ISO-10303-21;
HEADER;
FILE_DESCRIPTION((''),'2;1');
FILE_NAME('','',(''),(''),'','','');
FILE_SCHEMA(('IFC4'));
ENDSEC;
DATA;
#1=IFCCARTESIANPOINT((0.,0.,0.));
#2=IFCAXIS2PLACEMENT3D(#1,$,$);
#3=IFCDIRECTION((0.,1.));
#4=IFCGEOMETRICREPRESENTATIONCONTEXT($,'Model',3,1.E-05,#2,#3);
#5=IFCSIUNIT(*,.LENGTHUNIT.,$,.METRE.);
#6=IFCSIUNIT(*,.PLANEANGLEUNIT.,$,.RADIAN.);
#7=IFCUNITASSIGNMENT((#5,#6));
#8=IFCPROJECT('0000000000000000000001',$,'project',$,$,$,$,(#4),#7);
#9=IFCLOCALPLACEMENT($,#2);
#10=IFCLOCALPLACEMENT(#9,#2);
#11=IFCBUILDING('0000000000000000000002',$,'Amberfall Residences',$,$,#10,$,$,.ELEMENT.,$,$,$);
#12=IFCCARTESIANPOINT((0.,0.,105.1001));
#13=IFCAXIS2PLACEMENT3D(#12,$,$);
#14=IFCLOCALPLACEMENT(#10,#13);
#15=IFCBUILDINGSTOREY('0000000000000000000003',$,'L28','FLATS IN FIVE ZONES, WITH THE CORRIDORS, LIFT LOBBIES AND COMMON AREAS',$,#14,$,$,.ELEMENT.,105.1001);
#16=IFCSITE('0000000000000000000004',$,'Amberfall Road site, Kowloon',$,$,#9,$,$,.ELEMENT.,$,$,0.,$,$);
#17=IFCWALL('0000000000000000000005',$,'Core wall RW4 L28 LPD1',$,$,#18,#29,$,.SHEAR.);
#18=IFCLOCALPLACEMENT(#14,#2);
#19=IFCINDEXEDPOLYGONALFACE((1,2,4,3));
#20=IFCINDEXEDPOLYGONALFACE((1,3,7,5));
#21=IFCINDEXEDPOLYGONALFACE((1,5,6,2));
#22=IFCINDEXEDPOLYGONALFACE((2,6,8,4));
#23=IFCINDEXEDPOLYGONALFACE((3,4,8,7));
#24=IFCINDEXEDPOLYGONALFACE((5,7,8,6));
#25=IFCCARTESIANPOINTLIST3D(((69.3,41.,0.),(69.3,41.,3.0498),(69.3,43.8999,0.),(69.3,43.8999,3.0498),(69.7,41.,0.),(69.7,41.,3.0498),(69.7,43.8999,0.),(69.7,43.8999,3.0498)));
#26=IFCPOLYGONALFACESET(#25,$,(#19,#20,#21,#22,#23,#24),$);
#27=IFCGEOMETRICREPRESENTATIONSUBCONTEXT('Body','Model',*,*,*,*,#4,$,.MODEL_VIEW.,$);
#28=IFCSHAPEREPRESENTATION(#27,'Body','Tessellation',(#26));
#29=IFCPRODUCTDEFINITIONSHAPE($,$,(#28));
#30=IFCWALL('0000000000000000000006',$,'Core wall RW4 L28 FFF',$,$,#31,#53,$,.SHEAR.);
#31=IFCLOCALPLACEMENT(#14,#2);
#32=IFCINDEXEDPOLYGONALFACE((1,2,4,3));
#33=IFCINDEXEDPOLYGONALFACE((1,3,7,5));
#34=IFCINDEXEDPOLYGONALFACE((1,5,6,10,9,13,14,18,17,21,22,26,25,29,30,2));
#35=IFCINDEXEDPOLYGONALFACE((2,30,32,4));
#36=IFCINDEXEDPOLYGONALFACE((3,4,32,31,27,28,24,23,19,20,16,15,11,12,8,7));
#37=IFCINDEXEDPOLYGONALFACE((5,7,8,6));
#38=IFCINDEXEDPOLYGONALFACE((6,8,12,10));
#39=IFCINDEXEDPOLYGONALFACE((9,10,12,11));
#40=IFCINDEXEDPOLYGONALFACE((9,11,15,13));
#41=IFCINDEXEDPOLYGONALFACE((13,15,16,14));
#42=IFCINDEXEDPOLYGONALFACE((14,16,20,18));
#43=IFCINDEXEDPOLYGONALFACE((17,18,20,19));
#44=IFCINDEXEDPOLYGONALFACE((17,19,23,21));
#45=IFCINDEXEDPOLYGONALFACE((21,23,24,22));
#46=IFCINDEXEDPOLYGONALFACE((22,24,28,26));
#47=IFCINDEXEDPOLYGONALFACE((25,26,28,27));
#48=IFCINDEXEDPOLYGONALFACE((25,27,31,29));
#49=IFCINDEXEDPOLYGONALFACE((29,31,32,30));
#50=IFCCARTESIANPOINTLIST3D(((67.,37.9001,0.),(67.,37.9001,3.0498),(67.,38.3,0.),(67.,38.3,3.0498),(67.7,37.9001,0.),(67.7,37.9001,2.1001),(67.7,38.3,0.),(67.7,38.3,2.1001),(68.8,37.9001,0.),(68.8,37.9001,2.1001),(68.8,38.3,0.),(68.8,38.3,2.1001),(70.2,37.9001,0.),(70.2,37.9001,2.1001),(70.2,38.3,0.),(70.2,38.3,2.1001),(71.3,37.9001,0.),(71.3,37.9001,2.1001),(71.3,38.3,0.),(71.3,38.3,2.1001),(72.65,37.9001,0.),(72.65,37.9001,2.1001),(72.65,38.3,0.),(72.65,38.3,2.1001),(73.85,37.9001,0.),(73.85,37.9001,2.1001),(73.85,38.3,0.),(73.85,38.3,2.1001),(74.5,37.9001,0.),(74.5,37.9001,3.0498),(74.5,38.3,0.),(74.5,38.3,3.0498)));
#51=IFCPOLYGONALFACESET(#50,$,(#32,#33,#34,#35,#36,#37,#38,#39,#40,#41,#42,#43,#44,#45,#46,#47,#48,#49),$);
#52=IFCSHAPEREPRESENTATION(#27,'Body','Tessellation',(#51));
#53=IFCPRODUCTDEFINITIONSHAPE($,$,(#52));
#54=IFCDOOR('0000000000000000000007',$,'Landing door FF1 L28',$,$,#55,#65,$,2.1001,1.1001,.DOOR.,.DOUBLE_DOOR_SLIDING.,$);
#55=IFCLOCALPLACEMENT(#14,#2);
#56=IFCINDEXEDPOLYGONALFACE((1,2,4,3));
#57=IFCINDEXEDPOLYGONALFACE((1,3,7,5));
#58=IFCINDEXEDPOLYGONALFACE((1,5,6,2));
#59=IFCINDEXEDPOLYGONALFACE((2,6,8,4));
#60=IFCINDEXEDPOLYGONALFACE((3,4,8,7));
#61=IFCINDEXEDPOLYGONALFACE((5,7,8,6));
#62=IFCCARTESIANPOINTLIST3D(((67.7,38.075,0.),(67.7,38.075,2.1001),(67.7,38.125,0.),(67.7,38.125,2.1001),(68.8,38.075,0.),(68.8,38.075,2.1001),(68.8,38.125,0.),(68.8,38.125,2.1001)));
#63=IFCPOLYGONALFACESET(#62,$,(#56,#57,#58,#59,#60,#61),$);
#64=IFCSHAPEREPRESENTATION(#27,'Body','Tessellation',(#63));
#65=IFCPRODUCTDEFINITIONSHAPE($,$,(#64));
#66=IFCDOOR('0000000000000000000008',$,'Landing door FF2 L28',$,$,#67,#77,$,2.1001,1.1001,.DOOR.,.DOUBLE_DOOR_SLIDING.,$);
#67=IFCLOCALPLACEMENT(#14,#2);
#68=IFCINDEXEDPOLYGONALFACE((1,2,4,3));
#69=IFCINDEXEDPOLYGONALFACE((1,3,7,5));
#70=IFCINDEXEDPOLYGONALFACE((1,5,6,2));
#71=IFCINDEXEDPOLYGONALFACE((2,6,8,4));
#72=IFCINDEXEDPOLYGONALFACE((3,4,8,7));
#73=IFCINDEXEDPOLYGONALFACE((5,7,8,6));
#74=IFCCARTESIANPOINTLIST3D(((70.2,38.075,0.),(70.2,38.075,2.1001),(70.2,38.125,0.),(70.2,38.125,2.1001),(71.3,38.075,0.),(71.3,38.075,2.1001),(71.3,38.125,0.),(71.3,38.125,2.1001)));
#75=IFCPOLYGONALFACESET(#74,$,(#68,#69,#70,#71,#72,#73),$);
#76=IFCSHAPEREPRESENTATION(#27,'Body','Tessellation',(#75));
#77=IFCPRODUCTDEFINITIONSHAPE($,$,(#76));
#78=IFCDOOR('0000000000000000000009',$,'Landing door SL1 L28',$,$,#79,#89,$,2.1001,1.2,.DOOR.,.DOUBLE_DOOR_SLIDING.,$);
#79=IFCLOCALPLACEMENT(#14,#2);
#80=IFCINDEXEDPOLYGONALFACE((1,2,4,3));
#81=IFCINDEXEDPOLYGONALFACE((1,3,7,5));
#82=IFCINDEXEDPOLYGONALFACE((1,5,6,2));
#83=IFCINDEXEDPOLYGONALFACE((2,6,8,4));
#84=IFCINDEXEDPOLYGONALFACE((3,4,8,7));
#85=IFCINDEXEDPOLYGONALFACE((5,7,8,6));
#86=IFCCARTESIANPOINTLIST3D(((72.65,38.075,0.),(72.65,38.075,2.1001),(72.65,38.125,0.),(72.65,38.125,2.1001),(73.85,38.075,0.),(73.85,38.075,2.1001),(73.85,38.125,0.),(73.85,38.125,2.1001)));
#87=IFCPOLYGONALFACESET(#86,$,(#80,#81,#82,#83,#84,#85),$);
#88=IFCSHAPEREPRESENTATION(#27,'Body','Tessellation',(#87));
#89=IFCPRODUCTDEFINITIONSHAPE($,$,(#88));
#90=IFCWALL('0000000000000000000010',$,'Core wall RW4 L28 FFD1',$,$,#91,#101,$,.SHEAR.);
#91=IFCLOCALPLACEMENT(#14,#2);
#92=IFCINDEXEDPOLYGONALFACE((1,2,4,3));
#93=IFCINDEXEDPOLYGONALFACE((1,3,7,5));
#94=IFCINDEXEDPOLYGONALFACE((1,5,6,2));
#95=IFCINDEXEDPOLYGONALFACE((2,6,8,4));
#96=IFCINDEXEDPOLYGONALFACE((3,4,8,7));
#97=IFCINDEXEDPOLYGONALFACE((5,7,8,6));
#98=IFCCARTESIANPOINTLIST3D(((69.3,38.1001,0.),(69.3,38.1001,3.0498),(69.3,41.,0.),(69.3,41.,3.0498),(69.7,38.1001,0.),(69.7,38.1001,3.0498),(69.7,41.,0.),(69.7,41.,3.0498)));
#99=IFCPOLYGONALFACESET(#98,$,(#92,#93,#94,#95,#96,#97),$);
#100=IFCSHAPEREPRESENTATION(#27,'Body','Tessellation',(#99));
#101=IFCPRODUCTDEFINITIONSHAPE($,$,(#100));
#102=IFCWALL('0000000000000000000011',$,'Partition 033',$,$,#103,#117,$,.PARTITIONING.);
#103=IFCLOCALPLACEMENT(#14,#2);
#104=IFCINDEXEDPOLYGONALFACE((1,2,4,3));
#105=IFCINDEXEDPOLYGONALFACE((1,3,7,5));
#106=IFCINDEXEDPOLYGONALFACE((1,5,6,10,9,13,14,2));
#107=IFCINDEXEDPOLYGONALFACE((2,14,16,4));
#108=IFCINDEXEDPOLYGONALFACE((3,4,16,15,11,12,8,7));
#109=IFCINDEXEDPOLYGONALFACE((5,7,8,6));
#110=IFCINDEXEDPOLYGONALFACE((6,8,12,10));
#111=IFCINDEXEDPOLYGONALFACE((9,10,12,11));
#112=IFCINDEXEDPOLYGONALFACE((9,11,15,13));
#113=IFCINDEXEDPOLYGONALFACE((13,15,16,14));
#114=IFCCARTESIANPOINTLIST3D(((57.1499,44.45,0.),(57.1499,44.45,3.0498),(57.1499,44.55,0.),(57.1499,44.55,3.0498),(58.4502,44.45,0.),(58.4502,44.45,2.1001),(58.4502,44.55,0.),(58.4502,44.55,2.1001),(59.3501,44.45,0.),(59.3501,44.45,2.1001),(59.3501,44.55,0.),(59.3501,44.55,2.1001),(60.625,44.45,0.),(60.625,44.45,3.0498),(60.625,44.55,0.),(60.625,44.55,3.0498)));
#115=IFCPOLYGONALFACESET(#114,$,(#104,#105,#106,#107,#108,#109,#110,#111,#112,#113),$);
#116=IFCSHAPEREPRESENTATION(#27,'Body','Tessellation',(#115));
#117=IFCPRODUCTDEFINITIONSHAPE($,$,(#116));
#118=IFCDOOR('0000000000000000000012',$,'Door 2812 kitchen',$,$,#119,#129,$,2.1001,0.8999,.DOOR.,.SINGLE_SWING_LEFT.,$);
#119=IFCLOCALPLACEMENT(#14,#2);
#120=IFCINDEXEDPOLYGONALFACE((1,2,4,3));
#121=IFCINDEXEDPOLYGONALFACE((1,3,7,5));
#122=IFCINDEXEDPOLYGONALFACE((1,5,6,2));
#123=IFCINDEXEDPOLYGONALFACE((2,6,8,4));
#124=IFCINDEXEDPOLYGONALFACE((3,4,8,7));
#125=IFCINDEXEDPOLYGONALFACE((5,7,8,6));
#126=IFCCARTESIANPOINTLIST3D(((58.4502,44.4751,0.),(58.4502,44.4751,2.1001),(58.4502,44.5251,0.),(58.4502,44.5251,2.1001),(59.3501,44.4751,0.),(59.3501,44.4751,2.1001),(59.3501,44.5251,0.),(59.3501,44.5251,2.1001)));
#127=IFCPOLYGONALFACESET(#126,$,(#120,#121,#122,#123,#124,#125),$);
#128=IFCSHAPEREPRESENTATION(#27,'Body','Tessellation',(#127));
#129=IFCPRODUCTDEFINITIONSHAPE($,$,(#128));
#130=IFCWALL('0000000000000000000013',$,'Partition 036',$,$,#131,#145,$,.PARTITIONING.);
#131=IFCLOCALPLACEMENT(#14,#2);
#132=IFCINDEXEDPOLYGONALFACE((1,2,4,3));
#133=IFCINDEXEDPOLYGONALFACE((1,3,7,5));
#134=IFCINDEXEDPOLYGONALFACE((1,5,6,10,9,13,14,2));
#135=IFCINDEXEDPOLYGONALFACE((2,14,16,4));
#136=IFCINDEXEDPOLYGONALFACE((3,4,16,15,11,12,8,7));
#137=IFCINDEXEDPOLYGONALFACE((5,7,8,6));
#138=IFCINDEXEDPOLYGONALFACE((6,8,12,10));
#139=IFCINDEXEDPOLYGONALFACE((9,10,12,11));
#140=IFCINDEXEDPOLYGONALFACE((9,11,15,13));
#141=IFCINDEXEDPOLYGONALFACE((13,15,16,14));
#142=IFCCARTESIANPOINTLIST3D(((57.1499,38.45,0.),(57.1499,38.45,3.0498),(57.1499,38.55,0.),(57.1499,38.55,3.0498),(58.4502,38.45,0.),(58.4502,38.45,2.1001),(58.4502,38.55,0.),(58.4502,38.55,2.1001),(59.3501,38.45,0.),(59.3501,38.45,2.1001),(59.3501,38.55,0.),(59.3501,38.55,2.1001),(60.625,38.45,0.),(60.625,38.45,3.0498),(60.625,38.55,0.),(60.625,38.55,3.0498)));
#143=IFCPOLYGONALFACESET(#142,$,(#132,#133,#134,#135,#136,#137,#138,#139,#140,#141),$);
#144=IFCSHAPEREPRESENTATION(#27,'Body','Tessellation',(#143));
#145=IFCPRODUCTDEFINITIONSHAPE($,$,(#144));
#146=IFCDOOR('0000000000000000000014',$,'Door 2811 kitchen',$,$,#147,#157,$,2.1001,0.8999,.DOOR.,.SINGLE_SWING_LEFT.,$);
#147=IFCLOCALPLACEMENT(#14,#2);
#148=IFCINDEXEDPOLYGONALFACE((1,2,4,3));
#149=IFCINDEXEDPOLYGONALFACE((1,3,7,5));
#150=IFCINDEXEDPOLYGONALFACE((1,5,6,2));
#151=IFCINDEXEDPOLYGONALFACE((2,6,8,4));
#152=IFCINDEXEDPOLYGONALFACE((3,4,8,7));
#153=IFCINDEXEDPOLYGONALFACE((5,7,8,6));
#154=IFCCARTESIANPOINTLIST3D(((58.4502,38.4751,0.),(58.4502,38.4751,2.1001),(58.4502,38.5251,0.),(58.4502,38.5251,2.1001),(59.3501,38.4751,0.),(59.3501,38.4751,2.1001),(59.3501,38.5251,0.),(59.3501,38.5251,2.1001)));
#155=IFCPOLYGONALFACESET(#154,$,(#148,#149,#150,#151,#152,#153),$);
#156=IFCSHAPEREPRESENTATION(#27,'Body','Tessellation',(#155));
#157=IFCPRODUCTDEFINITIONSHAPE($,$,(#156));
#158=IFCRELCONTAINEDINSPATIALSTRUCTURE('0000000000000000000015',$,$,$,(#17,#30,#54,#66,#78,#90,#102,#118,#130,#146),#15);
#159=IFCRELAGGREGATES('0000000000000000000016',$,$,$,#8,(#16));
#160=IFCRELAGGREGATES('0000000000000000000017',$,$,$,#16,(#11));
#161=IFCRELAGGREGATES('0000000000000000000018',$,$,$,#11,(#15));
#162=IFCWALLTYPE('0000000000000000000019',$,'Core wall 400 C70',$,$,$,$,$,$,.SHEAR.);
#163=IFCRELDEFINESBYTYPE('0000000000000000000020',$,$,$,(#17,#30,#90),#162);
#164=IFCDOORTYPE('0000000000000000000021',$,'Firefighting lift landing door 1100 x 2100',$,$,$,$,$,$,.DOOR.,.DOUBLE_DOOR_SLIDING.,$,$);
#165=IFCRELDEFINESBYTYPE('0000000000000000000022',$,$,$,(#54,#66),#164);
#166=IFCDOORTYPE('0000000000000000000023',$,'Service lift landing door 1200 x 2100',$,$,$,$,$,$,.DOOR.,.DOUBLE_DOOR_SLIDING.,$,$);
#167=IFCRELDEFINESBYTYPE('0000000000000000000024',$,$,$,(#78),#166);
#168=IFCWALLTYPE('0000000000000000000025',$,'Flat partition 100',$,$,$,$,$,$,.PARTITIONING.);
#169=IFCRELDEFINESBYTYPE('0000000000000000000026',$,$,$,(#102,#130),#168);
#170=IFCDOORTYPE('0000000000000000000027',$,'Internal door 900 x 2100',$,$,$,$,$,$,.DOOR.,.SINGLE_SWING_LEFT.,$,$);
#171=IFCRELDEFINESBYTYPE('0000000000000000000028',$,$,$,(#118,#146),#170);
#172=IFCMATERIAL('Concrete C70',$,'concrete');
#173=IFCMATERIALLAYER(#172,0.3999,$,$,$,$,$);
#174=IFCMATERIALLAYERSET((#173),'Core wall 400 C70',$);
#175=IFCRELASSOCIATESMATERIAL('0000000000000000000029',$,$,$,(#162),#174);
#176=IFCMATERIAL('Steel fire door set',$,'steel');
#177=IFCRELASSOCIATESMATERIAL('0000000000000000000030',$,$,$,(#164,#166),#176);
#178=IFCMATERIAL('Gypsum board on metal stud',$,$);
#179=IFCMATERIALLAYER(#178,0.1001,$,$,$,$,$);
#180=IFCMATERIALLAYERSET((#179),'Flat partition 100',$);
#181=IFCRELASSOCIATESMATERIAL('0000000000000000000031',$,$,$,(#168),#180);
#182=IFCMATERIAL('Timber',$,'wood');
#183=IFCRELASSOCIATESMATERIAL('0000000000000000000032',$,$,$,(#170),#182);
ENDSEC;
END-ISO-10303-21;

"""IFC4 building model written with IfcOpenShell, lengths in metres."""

from ifc_helpers import new_model, si_unit, direction, frame, frame_2d, origin, place, context, subcontext, project, spatial, rectangle, extrude, material, layer, layer_set, type_object, element, fill, save


model = new_model("IFC4")

# Units and contexts
model_context = context("Model", 3, precision=1e-05, world=origin(), true_north=direction((0.0, 1.0)))
body_context = subcontext(model_context, "Body", "Model", "MODEL_VIEW")
ifc_project = project(units=[si_unit("LENGTHUNIT", "METRE"), si_unit("PLANEANGLEUNIT", "RADIAN")], contexts=[model_context])

# Site, building, storey
site_placement = place(None, origin())
site = spatial("IfcSite", under=ifc_project, at=site_placement, Name="Amberfall Road site, Kowloon", CompositionType="ELEMENT", RefElevation=0.0)
building_placement = place(site_placement, origin())
building = spatial("IfcBuilding", under=site, at=building_placement, Name="Amberfall Residences", CompositionType="ELEMENT")
storey_placement = place(building_placement, frame((0.0, 0.0, 105.1001)))
storey = spatial("IfcBuildingStorey", under=building, at=storey_placement, Name="L28", Description="FLATS IN FIVE ZONES, WITH THE CORRIDORS, LIFT LOBBIES AND COMMON AREAS", CompositionType="ELEMENT", Elevation=105.1001)

# Shared definitions
ifc_material_1 = material(Name="Concrete C70", Category="concrete")
ifc_layer_1 = layer(ifc_material_1, 0.3999)
ifc_layer_set_1 = layer_set([ifc_layer_1], Name="Core wall 400 C70")
wall_type_1 = type_object("IfcWallType", Name="Core wall 400 C70", PredefinedType="SHEAR", material=ifc_layer_set_1)

# Shared definitions
ifc_material_2 = material(Name="Steel fire door set", Category="steel")

# Wall
wall_1_placement = place(storey_placement, frame((69.5, 41.0, 0.0), z_axis=(0.0, 0.0, 1.0), x_axis=(0.0, 1.0, 0.0)))
element("IfcWall", 1, at=wall_1_placement, inside=storey, type_object=wall_type_1, Name="Core wall RW4 L28 LPD1", PredefinedType="SHEAR", context=body_context, shape_type="SweptSolid", body=[
    extrude(rectangle(XDim=2.8999, YDim=0.3999, at=frame_2d((1.45, 0.0))), origin(), (0.0, 0.0, 1.0), 3.0498),
])

# Wall, openings, doors
wall_2_placement = place(storey_placement, frame((67.0, 38.1001, 0.0), z_axis=(0.0, 0.0, 1.0), x_axis=(1.0, 0.0, 0.0)))
wall_2 = element("IfcWall", 2, at=wall_2_placement, inside=storey, type_object=wall_type_1, Name="Core wall RW4 L28 FFF", PredefinedType="SHEAR", context=body_context, shape_type="SweptSolid", body=[
    extrude(rectangle(XDim=7.5, YDim=0.3999, at=frame_2d((3.75, 0.0))), origin(), (0.0, 0.0, 1.0), 3.0498),
])
opening_1_placement = place(wall_2_placement, frame((0.7, 0.0, 0.0)))
opening_1 = element("IfcOpeningElement", 3, at=opening_1_placement, cuts=wall_2, PredefinedType="OPENING", context=body_context, shape_type="SweptSolid", body=[
    extrude(rectangle(XDim=1.1001, YDim=2.1001, at=frame_2d((0.55, 1.05))), frame((0.0, 0.21, 0.0), z_axis=(0.0, -1.0, 0.0), x_axis=(1.0, 0.0, 0.0)), (0.0, 0.0, 1.0), 0.4199),
])
opening_2_placement = place(wall_2_placement, frame((3.2, 0.0, 0.0)))
opening_2 = element("IfcOpeningElement", 4, at=opening_2_placement, cuts=wall_2, PredefinedType="OPENING", context=body_context, shape_type="SweptSolid", body=[
    extrude(rectangle(XDim=1.1001, YDim=2.1001, at=frame_2d((0.55, 1.05))), frame((0.0, 0.21, 0.0), z_axis=(0.0, -1.0, 0.0), x_axis=(1.0, 0.0, 0.0)), (0.0, 0.0, 1.0), 0.4199),
])
opening_3_placement = place(wall_2_placement, frame((5.6499, 0.0, 0.0)))
opening_3 = element("IfcOpeningElement", 5, at=opening_3_placement, cuts=wall_2, PredefinedType="OPENING", context=body_context, shape_type="SweptSolid", body=[
    extrude(rectangle(XDim=1.2, YDim=2.1001, at=frame_2d((0.6001, 1.05))), frame((0.0, 0.21, 0.0), z_axis=(0.0, -1.0, 0.0), x_axis=(1.0, 0.0, 0.0)), (0.0, 0.0, 1.0), 0.4199),
])
door_type_1 = type_object("IfcDoorType", Name="Firefighting lift landing door 1100 x 2100", OperationType="DOUBLE_DOOR_SLIDING", PredefinedType="DOOR", material=ifc_material_2)
door_1_placement = place(opening_1_placement, origin())
door_1 = element("IfcDoor", 6, at=door_1_placement, inside=storey, type_object=door_type_1, Name="Landing door FF1 L28", OperationType="DOUBLE_DOOR_SLIDING", OverallHeight=2.1001, OverallWidth=1.1001, PredefinedType="DOOR", context=body_context, shape_type="SweptSolid", body=[
    extrude(rectangle(XDim=1.1001, YDim=2.1001, at=frame_2d((0.55, 1.05))), frame((0.0, 0.0249, 0.0), z_axis=(0.0, -1.0, 0.0), x_axis=(1.0, 0.0, 0.0)), (0.0, 0.0, 1.0), 0.05),
])
fill(opening_1, door_1)
door_2_placement = place(opening_2_placement, origin())
door_2 = element("IfcDoor", 7, at=door_2_placement, inside=storey, type_object=door_type_1, Name="Landing door FF2 L28", OperationType="DOUBLE_DOOR_SLIDING", OverallHeight=2.1001, OverallWidth=1.1001, PredefinedType="DOOR", context=body_context, shape_type="SweptSolid", body=[
    extrude(rectangle(XDim=1.1001, YDim=2.1001, at=frame_2d((0.55, 1.05))), frame((0.0, 0.0249, 0.0), z_axis=(0.0, -1.0, 0.0), x_axis=(1.0, 0.0, 0.0)), (0.0, 0.0, 1.0), 0.05),
])
fill(opening_2, door_2)
door_type_2 = type_object("IfcDoorType", Name="Service lift landing door 1200 x 2100", OperationType="DOUBLE_DOOR_SLIDING", PredefinedType="DOOR", material=ifc_material_2)
door_3_placement = place(opening_3_placement, origin())
door_3 = element("IfcDoor", 8, at=door_3_placement, inside=storey, type_object=door_type_2, Name="Landing door SL1 L28", OperationType="DOUBLE_DOOR_SLIDING", OverallHeight=2.1001, OverallWidth=1.2, PredefinedType="DOOR", context=body_context, shape_type="SweptSolid", body=[
    extrude(rectangle(XDim=1.2, YDim=2.1001, at=frame_2d((0.6001, 1.05))), frame((0.0, 0.0249, 0.0), z_axis=(0.0, -1.0, 0.0), x_axis=(1.0, 0.0, 0.0)), (0.0, 0.0, 1.0), 0.05),
])
fill(opening_3, door_3)

# Wall
wall_3_placement = place(storey_placement, frame((69.5, 38.1001, 0.0), z_axis=(0.0, 0.0, 1.0), x_axis=(0.0, 1.0, 0.0)))
element("IfcWall", 9, at=wall_3_placement, inside=storey, type_object=wall_type_1, Name="Core wall RW4 L28 FFD1", PredefinedType="SHEAR", context=body_context, shape_type="SweptSolid", body=[
    extrude(rectangle(XDim=2.8999, YDim=0.3999, at=frame_2d((1.45, 0.0))), origin(), (0.0, 0.0, 1.0), 3.0498),
])

# Walls, openings, doors
ifc_material_3 = material(Name="Gypsum board on metal stud")
ifc_layer_2 = layer(ifc_material_3, 0.1001)
ifc_layer_set_2 = layer_set([ifc_layer_2], Name="Flat partition 100")
wall_type_2 = type_object("IfcWallType", Name="Flat partition 100", PredefinedType="PARTITIONING", material=ifc_layer_set_2)
wall_4_placement = place(storey_placement, frame((60.625, 44.5, 0.0), z_axis=(0.0, 0.0, 1.0), x_axis=(-1.0, 0.0, 0.0)))
wall_4 = element("IfcWall", 10, at=wall_4_placement, inside=storey, type_object=wall_type_2, Name="Partition 033", PredefinedType="PARTITIONING", context=body_context, shape_type="SweptSolid", body=[
    extrude(rectangle(XDim=3.4751, YDim=0.1001, at=frame_2d((1.7375, 0.0))), origin(), (0.0, 0.0, 1.0), 3.0498),
])
opening_4_placement = place(wall_4_placement, frame((1.2749, 0.0, 0.0)))
opening_4 = element("IfcOpeningElement", 11, at=opening_4_placement, cuts=wall_4, PredefinedType="OPENING", context=body_context, shape_type="SweptSolid", body=[
    extrude(rectangle(XDim=0.8999, YDim=2.1001, at=frame_2d((0.45, 1.05))), frame((0.0, 0.0601, 0.0), z_axis=(0.0, -1.0, 0.0), x_axis=(1.0, 0.0, 0.0)), (0.0, 0.0, 1.0), 0.1201),
])
ifc_material_4 = material(Name="Timber", Category="wood")
door_type_3 = type_object("IfcDoorType", Name="Internal door 900 x 2100", OperationType="SINGLE_SWING_LEFT", PredefinedType="DOOR", material=ifc_material_4)
door_4_placement = place(opening_4_placement, origin())
door_4 = element("IfcDoor", 12, at=door_4_placement, inside=storey, type_object=door_type_3, Name="Door 2812 kitchen", OperationType="SINGLE_SWING_LEFT", OverallHeight=2.1001, OverallWidth=0.8999, PredefinedType="DOOR", context=body_context, shape_type="SweptSolid", body=[
    extrude(rectangle(XDim=0.8999, YDim=2.1001, at=frame_2d((0.45, 1.05))), frame((0.0, 0.0249, 0.0), z_axis=(0.0, -1.0, 0.0), x_axis=(1.0, 0.0, 0.0)), (0.0, 0.0, 1.0), 0.05),
])
fill(opening_4, door_4)
wall_5_placement = place(storey_placement, frame((60.625, 38.5, 0.0), z_axis=(0.0, 0.0, 1.0), x_axis=(-1.0, 0.0, 0.0)))
wall_5 = element("IfcWall", 13, at=wall_5_placement, inside=storey, type_object=wall_type_2, Name="Partition 036", PredefinedType="PARTITIONING", context=body_context, shape_type="SweptSolid", body=[
    extrude(rectangle(XDim=3.4751, YDim=0.1001, at=frame_2d((1.7375, 0.0))), origin(), (0.0, 0.0, 1.0), 3.0498),
])
opening_5_placement = place(wall_5_placement, frame((1.2749, 0.0, 0.0)))
opening_5 = element("IfcOpeningElement", 14, at=opening_5_placement, cuts=wall_5, PredefinedType="OPENING", context=body_context, shape_type="SweptSolid", body=[
    extrude(rectangle(XDim=0.8999, YDim=2.1001, at=frame_2d((0.45, 1.05))), frame((0.0, 0.0601, 0.0), z_axis=(0.0, -1.0, 0.0), x_axis=(1.0, 0.0, 0.0)), (0.0, 0.0, 1.0), 0.1201),
])
door_5_placement = place(opening_5_placement, origin())
door_5 = element("IfcDoor", 15, at=door_5_placement, inside=storey, type_object=door_type_3, Name="Door 2811 kitchen", OperationType="SINGLE_SWING_LEFT", OverallHeight=2.1001, OverallWidth=0.8999, PredefinedType="DOOR", context=body_context, shape_type="SweptSolid", body=[
    extrude(rectangle(XDim=0.8999, YDim=2.1001, at=frame_2d((0.45, 1.05))), frame((0.0, 0.0249, 0.0), z_axis=(0.0, -1.0, 0.0), x_axis=(1.0, 0.0, 0.0)), (0.0, 0.0, 1.0), 0.05),
])
fill(opening_5, door_5)

save(model, "model.ifc")
